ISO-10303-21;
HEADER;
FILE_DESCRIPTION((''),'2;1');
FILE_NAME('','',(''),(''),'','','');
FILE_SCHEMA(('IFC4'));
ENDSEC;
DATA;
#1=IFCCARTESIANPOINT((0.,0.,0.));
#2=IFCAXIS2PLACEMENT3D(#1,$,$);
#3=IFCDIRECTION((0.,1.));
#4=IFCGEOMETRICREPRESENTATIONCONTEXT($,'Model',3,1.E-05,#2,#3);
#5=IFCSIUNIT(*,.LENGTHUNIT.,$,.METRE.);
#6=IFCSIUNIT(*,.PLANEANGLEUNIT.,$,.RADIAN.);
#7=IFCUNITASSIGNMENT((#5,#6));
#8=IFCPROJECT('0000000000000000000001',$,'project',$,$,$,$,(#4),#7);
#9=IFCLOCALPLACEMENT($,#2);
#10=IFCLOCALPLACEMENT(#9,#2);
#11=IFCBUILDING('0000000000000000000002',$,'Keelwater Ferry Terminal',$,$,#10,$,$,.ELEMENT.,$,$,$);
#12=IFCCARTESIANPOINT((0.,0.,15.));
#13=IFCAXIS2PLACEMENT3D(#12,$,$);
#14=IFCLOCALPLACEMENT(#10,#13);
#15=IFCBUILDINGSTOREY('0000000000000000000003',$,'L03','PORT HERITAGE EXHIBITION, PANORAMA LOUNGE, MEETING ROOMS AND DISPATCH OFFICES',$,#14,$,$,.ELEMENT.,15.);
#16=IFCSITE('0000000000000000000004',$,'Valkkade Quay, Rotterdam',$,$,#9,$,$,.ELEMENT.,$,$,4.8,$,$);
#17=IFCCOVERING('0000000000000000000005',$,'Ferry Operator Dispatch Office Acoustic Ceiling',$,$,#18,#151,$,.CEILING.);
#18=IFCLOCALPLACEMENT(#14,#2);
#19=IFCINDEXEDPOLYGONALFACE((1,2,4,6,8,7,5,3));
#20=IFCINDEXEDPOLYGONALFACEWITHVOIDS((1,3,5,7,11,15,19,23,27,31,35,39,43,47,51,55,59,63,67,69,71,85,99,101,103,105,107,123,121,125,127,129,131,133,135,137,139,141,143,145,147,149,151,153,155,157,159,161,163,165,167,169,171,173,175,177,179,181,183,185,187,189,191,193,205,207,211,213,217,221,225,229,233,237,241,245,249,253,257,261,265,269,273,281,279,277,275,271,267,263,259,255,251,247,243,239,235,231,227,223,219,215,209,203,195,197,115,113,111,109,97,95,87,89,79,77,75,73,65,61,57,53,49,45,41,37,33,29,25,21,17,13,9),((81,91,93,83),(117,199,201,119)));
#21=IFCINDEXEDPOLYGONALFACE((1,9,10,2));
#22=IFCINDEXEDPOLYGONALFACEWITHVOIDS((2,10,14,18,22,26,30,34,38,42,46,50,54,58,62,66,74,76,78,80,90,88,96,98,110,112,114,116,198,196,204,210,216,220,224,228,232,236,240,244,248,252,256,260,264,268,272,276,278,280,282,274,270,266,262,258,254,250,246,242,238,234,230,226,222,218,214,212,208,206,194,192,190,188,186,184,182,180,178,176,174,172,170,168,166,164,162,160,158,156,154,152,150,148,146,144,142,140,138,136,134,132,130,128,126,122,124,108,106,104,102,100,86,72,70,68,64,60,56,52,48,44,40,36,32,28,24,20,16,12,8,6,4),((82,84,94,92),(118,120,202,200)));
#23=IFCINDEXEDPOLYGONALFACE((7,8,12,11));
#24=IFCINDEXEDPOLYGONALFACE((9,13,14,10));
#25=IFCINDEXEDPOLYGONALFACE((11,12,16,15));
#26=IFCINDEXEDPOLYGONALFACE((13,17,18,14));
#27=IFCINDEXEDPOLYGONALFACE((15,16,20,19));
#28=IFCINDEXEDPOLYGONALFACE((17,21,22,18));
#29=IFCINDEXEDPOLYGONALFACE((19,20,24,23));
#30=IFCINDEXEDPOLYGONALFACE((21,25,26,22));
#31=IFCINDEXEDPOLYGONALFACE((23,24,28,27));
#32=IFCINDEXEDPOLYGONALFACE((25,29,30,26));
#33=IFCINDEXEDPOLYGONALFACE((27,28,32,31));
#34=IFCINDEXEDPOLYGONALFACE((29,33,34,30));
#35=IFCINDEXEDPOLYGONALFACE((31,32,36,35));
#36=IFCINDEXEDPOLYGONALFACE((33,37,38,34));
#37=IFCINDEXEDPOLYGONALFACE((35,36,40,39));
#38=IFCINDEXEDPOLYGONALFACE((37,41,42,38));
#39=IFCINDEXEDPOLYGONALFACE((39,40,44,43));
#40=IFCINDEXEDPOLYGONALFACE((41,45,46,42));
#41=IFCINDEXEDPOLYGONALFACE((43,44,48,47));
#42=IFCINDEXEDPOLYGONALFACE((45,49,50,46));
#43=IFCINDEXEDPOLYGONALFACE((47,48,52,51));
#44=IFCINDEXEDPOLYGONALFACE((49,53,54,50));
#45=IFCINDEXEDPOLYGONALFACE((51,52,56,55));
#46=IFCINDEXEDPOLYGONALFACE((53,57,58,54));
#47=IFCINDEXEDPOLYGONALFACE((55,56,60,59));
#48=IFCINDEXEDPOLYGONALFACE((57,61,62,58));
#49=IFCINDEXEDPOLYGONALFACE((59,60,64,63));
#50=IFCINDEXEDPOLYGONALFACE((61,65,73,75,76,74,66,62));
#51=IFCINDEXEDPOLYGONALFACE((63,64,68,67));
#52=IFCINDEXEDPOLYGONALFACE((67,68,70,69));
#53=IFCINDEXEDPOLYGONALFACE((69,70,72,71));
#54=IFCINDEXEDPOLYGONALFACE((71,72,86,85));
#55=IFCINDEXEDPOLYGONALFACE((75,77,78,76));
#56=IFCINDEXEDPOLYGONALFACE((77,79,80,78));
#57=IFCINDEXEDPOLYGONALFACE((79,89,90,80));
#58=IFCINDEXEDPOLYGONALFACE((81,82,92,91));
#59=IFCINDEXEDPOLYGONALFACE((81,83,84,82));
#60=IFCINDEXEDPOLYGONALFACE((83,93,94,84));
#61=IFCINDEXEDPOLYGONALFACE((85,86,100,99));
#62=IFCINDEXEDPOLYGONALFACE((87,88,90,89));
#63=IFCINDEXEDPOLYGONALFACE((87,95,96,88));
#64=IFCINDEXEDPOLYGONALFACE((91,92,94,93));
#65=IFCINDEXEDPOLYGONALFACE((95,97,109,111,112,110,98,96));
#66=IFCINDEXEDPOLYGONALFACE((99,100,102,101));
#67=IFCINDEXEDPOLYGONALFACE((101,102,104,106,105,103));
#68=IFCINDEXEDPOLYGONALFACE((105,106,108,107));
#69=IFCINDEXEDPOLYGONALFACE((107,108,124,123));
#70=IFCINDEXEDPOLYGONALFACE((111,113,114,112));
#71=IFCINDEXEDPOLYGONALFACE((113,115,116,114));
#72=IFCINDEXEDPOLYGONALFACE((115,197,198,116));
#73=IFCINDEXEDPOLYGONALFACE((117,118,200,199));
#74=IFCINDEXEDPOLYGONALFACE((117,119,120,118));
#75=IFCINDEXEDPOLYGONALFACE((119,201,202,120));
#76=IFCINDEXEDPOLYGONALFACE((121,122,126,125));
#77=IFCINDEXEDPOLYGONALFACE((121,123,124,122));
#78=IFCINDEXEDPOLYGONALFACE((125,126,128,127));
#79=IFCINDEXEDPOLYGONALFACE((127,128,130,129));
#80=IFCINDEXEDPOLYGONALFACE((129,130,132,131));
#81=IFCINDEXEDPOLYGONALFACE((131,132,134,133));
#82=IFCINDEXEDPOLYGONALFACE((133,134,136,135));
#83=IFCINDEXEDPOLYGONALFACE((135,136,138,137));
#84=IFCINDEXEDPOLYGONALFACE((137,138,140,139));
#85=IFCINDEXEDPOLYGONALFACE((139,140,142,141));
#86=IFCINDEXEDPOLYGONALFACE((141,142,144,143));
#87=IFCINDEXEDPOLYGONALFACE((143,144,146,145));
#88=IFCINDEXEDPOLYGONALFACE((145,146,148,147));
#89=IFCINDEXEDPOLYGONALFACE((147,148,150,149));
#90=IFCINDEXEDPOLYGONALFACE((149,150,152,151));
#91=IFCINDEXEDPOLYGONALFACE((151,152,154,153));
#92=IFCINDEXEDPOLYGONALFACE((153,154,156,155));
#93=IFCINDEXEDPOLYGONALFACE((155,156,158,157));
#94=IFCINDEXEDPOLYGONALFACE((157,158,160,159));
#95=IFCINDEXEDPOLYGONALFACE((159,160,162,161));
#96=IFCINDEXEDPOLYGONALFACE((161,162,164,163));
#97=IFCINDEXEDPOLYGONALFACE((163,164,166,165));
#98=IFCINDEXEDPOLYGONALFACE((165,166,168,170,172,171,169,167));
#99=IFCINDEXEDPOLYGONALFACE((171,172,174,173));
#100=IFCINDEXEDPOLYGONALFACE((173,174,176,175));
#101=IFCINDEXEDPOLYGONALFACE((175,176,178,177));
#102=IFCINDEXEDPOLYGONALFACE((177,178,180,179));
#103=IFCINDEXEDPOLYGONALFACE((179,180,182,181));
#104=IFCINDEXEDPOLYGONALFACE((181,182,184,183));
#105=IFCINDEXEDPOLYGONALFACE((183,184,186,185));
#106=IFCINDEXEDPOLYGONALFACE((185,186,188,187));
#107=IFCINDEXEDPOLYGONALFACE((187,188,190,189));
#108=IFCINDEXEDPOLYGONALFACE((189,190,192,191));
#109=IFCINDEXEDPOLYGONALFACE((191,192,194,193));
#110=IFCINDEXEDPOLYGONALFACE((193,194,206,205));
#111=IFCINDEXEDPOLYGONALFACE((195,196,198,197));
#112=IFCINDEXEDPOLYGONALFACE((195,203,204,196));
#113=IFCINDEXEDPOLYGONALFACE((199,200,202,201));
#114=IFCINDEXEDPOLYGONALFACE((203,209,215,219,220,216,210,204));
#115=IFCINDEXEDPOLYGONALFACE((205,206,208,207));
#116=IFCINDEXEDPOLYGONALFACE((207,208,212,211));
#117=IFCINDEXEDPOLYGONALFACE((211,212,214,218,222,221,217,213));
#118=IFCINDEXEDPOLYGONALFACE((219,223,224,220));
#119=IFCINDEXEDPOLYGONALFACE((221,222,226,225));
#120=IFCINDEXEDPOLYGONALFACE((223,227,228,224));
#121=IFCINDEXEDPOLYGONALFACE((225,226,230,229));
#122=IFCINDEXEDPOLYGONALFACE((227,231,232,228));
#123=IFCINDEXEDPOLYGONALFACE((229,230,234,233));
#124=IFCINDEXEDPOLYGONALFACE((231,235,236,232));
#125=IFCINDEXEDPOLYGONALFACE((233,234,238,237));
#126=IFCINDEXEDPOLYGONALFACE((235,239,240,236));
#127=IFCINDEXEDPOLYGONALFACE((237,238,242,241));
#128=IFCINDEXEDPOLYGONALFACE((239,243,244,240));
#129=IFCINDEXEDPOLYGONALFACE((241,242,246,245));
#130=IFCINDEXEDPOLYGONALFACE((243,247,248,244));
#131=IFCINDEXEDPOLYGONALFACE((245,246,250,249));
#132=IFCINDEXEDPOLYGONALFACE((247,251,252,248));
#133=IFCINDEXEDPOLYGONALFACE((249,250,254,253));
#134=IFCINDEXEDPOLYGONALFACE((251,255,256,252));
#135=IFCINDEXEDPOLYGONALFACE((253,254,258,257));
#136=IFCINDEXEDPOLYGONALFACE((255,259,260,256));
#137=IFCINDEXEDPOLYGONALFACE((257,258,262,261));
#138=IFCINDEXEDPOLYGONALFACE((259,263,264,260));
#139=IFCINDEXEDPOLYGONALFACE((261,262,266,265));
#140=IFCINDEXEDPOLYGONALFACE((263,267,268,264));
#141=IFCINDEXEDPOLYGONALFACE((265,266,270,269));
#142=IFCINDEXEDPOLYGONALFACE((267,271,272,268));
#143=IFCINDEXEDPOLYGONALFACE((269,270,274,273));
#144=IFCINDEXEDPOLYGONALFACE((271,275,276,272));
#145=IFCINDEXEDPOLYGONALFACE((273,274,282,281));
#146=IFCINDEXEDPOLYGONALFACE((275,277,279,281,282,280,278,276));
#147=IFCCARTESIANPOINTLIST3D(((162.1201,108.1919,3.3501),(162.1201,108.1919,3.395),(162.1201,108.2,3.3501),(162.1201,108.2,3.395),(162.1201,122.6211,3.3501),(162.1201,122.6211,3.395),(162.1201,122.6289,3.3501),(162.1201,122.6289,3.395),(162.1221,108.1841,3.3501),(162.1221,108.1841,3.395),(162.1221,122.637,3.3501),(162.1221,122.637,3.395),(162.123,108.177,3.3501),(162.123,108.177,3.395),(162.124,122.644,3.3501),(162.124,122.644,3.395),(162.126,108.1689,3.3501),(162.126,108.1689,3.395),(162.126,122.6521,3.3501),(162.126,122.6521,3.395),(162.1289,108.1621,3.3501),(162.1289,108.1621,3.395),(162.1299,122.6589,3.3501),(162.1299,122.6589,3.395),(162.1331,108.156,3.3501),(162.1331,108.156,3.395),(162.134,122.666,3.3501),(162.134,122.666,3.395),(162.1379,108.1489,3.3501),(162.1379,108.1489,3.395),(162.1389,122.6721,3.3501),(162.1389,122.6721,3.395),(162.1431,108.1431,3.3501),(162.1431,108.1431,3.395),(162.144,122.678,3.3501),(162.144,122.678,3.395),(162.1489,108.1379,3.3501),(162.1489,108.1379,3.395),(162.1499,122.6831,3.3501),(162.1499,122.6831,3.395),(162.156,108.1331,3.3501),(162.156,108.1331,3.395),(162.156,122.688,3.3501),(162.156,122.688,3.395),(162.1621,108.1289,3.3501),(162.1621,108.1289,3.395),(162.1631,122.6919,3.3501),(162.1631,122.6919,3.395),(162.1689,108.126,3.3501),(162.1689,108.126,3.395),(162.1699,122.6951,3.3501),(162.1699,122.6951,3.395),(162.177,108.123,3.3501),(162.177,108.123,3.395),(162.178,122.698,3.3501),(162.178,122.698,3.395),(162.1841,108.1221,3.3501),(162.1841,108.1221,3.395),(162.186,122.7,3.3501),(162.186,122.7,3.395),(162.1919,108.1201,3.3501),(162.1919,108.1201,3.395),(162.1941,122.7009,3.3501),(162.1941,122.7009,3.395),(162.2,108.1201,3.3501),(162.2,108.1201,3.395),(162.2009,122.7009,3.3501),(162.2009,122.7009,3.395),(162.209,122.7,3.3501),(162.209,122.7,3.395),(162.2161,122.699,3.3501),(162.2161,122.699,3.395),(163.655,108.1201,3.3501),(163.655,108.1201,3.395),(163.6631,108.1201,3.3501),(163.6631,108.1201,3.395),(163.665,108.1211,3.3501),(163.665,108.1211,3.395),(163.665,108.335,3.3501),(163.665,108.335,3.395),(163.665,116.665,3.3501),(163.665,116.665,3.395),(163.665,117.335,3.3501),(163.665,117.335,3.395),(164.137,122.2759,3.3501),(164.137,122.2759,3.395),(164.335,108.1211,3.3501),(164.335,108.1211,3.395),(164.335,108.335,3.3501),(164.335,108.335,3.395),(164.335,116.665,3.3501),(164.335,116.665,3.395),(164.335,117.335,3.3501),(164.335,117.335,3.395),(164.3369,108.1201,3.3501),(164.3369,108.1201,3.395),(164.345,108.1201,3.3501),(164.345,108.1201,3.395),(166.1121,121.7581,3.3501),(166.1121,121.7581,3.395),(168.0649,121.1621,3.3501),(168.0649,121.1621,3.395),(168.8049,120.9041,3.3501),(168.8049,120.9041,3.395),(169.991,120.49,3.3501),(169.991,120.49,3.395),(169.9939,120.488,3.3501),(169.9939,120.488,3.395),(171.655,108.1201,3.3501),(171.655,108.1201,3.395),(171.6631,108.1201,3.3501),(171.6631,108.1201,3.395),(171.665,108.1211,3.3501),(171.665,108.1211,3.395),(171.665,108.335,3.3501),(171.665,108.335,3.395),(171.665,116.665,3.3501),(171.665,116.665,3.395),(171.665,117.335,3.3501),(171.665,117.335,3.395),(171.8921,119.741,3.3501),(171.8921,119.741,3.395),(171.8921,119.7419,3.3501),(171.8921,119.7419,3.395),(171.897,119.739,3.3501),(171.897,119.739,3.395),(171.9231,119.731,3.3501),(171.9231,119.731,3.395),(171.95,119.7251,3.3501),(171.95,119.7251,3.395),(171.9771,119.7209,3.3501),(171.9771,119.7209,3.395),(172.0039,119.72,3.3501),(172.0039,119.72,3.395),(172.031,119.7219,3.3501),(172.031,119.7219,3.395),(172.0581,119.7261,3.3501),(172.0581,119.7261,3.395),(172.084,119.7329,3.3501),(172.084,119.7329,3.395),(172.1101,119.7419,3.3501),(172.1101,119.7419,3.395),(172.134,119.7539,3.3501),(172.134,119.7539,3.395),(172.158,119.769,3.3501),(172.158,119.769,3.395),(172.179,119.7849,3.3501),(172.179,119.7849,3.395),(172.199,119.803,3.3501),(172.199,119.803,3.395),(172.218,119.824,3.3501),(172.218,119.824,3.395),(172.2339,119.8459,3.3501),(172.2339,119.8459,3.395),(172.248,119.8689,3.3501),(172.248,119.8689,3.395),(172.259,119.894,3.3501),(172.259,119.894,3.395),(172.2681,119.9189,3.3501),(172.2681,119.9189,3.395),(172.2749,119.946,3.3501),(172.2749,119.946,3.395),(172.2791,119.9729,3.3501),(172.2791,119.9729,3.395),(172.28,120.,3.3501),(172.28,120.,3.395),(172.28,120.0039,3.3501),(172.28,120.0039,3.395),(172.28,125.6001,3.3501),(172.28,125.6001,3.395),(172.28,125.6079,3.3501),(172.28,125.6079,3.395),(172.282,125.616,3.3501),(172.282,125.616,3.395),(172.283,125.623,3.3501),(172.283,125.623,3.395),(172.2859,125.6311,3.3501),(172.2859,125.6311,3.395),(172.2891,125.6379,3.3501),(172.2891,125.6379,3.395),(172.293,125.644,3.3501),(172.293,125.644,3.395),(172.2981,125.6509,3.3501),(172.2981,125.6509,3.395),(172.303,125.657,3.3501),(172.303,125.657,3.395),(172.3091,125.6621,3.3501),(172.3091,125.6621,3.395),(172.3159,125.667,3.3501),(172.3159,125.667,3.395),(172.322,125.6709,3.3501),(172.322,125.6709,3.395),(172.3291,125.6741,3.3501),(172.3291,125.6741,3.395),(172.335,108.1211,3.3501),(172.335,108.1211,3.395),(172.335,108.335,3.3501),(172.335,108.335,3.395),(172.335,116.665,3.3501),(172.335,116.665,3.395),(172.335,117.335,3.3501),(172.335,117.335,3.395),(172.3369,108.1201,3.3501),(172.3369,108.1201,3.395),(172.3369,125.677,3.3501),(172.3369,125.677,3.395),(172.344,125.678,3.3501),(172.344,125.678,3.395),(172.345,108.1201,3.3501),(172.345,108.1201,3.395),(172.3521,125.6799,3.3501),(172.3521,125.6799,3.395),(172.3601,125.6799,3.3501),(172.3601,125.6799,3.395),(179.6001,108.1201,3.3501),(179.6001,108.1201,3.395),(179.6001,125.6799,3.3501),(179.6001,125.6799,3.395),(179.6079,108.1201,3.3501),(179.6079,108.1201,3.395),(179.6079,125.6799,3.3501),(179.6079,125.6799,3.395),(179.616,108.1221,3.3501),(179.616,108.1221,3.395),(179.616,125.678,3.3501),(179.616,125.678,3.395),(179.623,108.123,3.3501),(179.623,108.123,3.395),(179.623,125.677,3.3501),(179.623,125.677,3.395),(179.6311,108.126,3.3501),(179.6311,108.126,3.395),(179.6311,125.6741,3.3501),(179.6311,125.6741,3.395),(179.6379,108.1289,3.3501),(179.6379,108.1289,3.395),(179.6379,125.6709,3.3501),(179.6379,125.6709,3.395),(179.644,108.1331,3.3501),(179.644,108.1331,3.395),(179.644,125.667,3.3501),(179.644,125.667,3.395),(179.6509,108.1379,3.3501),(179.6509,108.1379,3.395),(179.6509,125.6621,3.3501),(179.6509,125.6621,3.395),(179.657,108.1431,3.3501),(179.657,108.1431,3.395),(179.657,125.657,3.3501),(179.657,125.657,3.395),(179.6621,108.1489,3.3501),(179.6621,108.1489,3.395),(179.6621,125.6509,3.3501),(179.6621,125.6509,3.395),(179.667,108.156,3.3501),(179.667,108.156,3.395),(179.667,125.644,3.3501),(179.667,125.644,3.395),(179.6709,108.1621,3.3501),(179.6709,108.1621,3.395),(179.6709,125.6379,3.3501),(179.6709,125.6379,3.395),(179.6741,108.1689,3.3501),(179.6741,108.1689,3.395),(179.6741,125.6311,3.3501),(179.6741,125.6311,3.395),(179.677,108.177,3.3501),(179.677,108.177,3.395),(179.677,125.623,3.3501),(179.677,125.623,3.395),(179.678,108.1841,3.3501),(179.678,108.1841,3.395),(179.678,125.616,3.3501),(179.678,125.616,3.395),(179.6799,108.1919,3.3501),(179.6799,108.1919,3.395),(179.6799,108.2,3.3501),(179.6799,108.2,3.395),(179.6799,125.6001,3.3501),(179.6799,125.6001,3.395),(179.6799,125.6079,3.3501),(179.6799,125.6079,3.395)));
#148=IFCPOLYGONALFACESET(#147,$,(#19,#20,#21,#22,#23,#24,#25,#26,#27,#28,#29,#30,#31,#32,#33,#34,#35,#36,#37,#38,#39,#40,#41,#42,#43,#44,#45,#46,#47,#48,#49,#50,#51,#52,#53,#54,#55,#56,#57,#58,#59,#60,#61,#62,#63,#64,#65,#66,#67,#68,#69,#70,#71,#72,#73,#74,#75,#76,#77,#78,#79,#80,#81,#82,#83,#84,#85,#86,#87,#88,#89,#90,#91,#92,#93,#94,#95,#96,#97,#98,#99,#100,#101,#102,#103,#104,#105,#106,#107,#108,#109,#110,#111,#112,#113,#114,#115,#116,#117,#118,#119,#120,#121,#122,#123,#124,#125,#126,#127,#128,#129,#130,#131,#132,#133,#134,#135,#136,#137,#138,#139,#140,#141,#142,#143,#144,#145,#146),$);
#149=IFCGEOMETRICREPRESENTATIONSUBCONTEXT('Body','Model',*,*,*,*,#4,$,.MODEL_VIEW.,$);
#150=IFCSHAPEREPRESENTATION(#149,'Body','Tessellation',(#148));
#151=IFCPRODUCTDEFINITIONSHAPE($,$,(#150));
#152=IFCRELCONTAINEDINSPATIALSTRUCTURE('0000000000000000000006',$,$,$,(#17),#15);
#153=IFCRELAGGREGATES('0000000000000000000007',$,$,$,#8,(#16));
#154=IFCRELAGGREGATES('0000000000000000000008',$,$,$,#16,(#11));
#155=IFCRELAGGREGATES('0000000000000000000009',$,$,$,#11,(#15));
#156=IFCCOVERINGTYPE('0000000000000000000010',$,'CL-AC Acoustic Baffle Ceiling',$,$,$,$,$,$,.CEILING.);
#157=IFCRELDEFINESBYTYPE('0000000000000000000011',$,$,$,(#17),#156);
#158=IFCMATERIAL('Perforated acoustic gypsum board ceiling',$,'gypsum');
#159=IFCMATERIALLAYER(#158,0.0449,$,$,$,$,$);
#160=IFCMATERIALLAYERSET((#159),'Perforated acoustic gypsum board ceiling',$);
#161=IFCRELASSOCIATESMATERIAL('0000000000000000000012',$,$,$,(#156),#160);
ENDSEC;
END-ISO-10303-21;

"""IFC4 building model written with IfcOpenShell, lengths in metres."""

from ifc_helpers import new_model, si_unit, direction, frame, origin, place, context, subcontext, project, spatial, polyline, outline, extrude, material, layer, layer_set, type_object, element, save


model = new_model("IFC4")

# Units and contexts
model_context = context("Model", 3, precision=1e-05, world=origin(), true_north=direction((0.0, 1.0)))
body_context = subcontext(model_context, "Body", "Model", "MODEL_VIEW")
ifc_project = project(units=[si_unit("LENGTHUNIT", "METRE"), si_unit("PLANEANGLEUNIT", "RADIAN")], contexts=[model_context])

# Site, building, storey
site_placement = place(None, origin())
site = spatial("IfcSite", under=ifc_project, at=site_placement, Name="Valkkade Quay, Rotterdam", CompositionType="ELEMENT", RefElevation=4.8)
building_placement = place(site_placement, origin())
building = spatial("IfcBuilding", under=site, at=building_placement, Name="Keelwater Ferry Terminal", CompositionType="ELEMENT")
storey_placement = place(building_placement, frame((0.0, 0.0, 15.0)))
storey = spatial("IfcBuildingStorey", under=building, at=storey_placement, Name="L03", Description="PORT HERITAGE EXHIBITION, PANORAMA LOUNGE, MEETING ROOMS AND DISPATCH OFFICES", CompositionType="ELEMENT", Elevation=15.0)

# Covering
ifc_material_1 = material(Name="Perforated acoustic gypsum board ceiling", Category="gypsum")
ifc_layer_1 = layer(ifc_material_1, 0.0449)
ifc_layer_set_1 = layer_set([ifc_layer_1], Name="Perforated acoustic gypsum board ceiling")
covering_type_1 = type_object("IfcCoveringType", Name="CL-AC Acoustic Baffle Ceiling", PredefinedType="CEILING", material=ifc_layer_set_1)
covering_1_placement = place(storey_placement, frame((0.0, 0.0, 3.3501)))
element("IfcCovering", 1, at=covering_1_placement, inside=storey, type_object=covering_type_1, Name="Ferry Operator Dispatch Office Acoustic Ceiling", PredefinedType="CEILING", context=body_context, shape_type="SweptSolid", body=[
    extrude(outline(polyline([(169.9939, 120.488), (171.8921, 119.7419), (171.8921, 119.741), (171.897, 119.739), (171.9231, 119.731), (171.95, 119.7251), (171.9771, 119.7209), (172.0039, 119.72), (172.031, 119.7219), (172.0581, 119.7261), (172.084, 119.7329), (172.1101, 119.7419), (172.134, 119.7539), (172.158, 119.769), (172.179, 119.7849), (172.199, 119.803), (172.218, 119.824), (172.2339, 119.8459), (172.248, 119.8689), (172.259, 119.894), (172.2681, 119.9189), (172.2749, 119.946), (172.2791, 119.9729), (172.28, 120.0), (172.28, 120.0039), (172.28, 125.6001), (172.28, 125.6079), (172.282, 125.616), (172.283, 125.623), (172.2859, 125.6311), (172.2891, 125.6379), (172.293, 125.644), (172.2981, 125.6509), (172.303, 125.657), (172.3091, 125.6621), (172.3159, 125.667), (172.322, 125.6709), (172.3291, 125.6741), (172.3369, 125.677), (172.344, 125.678), (172.3521, 125.6799), (172.3601, 125.6799), (179.6001, 125.6799), (179.6079, 125.6799), (179.616, 125.678), (179.623, 125.677), (179.6311, 125.6741), (179.6379, 125.6709), (179.644, 125.667), (179.6509, 125.6621), (179.657, 125.657), (179.6621, 125.6509), (179.667, 125.644), (179.6709, 125.6379), (179.6741, 125.6311), (179.677, 125.623), (179.678, 125.616), (179.6799, 125.6079), (179.6799, 125.6001), (179.6799, 108.2), (179.6799, 108.1919), (179.678, 108.1841), (179.677, 108.177), (179.6741, 108.1689), (179.6709, 108.1621), (179.667, 108.156), (179.6621, 108.1489), (179.657, 108.1431), (179.6509, 108.1379), (179.644, 108.1331), (179.6379, 108.1289), (179.6311, 108.126), (179.623, 108.123), (179.616, 108.1221), (179.6079, 108.1201), (179.6001, 108.1201), (172.345, 108.1201), (172.3369, 108.1201), (172.335, 108.1211), (172.335, 108.335), (171.665, 108.335), (171.665, 108.1211), (171.6631, 108.1201), (171.655, 108.1201), (164.345, 108.1201), (164.3369, 108.1201), (164.335, 108.1211), (164.335, 108.335), (163.665, 108.335), (163.665, 108.1211), (163.6631, 108.1201), (163.655, 108.1201), (162.2, 108.1201), (162.1919, 108.1201), (162.1841, 108.1221), (162.177, 108.123), (162.1689, 108.126), (162.1621, 108.1289), (162.156, 108.1331), (162.1489, 108.1379), (162.1431, 108.1431), (162.1379, 108.1489), (162.1331, 108.156), (162.1289, 108.1621), (162.126, 108.1689), (162.123, 108.177), (162.1221, 108.1841), (162.1201, 108.1919), (162.1201, 108.2), (162.1201, 122.6211), (162.1201, 122.6289), (162.1221, 122.637), (162.124, 122.644), (162.126, 122.6521), (162.1299, 122.6589), (162.134, 122.666), (162.1389, 122.6721), (162.144, 122.678), (162.1499, 122.6831), (162.156, 122.688), (162.1631, 122.6919), (162.1699, 122.6951), (162.178, 122.698), (162.186, 122.7), (162.1941, 122.7009), (162.2009, 122.7009), (162.209, 122.7), (162.2161, 122.699), (164.137, 122.2759), (166.1121, 121.7581), (168.0649, 121.1621), (168.8049, 120.9041), (169.991, 120.49), (169.9939, 120.488)]), holes=[polyline([(163.665, 116.665), (164.335, 116.665), (164.335, 117.335), (163.665, 117.335), (163.665, 116.665)]), polyline([(171.665, 116.665), (172.335, 116.665), (172.335, 117.335), (171.665, 117.335), (171.665, 116.665)])]), origin(), (0.0, 0.0, 1.0), 0.0449),
])

save(model, "model.ifc")
